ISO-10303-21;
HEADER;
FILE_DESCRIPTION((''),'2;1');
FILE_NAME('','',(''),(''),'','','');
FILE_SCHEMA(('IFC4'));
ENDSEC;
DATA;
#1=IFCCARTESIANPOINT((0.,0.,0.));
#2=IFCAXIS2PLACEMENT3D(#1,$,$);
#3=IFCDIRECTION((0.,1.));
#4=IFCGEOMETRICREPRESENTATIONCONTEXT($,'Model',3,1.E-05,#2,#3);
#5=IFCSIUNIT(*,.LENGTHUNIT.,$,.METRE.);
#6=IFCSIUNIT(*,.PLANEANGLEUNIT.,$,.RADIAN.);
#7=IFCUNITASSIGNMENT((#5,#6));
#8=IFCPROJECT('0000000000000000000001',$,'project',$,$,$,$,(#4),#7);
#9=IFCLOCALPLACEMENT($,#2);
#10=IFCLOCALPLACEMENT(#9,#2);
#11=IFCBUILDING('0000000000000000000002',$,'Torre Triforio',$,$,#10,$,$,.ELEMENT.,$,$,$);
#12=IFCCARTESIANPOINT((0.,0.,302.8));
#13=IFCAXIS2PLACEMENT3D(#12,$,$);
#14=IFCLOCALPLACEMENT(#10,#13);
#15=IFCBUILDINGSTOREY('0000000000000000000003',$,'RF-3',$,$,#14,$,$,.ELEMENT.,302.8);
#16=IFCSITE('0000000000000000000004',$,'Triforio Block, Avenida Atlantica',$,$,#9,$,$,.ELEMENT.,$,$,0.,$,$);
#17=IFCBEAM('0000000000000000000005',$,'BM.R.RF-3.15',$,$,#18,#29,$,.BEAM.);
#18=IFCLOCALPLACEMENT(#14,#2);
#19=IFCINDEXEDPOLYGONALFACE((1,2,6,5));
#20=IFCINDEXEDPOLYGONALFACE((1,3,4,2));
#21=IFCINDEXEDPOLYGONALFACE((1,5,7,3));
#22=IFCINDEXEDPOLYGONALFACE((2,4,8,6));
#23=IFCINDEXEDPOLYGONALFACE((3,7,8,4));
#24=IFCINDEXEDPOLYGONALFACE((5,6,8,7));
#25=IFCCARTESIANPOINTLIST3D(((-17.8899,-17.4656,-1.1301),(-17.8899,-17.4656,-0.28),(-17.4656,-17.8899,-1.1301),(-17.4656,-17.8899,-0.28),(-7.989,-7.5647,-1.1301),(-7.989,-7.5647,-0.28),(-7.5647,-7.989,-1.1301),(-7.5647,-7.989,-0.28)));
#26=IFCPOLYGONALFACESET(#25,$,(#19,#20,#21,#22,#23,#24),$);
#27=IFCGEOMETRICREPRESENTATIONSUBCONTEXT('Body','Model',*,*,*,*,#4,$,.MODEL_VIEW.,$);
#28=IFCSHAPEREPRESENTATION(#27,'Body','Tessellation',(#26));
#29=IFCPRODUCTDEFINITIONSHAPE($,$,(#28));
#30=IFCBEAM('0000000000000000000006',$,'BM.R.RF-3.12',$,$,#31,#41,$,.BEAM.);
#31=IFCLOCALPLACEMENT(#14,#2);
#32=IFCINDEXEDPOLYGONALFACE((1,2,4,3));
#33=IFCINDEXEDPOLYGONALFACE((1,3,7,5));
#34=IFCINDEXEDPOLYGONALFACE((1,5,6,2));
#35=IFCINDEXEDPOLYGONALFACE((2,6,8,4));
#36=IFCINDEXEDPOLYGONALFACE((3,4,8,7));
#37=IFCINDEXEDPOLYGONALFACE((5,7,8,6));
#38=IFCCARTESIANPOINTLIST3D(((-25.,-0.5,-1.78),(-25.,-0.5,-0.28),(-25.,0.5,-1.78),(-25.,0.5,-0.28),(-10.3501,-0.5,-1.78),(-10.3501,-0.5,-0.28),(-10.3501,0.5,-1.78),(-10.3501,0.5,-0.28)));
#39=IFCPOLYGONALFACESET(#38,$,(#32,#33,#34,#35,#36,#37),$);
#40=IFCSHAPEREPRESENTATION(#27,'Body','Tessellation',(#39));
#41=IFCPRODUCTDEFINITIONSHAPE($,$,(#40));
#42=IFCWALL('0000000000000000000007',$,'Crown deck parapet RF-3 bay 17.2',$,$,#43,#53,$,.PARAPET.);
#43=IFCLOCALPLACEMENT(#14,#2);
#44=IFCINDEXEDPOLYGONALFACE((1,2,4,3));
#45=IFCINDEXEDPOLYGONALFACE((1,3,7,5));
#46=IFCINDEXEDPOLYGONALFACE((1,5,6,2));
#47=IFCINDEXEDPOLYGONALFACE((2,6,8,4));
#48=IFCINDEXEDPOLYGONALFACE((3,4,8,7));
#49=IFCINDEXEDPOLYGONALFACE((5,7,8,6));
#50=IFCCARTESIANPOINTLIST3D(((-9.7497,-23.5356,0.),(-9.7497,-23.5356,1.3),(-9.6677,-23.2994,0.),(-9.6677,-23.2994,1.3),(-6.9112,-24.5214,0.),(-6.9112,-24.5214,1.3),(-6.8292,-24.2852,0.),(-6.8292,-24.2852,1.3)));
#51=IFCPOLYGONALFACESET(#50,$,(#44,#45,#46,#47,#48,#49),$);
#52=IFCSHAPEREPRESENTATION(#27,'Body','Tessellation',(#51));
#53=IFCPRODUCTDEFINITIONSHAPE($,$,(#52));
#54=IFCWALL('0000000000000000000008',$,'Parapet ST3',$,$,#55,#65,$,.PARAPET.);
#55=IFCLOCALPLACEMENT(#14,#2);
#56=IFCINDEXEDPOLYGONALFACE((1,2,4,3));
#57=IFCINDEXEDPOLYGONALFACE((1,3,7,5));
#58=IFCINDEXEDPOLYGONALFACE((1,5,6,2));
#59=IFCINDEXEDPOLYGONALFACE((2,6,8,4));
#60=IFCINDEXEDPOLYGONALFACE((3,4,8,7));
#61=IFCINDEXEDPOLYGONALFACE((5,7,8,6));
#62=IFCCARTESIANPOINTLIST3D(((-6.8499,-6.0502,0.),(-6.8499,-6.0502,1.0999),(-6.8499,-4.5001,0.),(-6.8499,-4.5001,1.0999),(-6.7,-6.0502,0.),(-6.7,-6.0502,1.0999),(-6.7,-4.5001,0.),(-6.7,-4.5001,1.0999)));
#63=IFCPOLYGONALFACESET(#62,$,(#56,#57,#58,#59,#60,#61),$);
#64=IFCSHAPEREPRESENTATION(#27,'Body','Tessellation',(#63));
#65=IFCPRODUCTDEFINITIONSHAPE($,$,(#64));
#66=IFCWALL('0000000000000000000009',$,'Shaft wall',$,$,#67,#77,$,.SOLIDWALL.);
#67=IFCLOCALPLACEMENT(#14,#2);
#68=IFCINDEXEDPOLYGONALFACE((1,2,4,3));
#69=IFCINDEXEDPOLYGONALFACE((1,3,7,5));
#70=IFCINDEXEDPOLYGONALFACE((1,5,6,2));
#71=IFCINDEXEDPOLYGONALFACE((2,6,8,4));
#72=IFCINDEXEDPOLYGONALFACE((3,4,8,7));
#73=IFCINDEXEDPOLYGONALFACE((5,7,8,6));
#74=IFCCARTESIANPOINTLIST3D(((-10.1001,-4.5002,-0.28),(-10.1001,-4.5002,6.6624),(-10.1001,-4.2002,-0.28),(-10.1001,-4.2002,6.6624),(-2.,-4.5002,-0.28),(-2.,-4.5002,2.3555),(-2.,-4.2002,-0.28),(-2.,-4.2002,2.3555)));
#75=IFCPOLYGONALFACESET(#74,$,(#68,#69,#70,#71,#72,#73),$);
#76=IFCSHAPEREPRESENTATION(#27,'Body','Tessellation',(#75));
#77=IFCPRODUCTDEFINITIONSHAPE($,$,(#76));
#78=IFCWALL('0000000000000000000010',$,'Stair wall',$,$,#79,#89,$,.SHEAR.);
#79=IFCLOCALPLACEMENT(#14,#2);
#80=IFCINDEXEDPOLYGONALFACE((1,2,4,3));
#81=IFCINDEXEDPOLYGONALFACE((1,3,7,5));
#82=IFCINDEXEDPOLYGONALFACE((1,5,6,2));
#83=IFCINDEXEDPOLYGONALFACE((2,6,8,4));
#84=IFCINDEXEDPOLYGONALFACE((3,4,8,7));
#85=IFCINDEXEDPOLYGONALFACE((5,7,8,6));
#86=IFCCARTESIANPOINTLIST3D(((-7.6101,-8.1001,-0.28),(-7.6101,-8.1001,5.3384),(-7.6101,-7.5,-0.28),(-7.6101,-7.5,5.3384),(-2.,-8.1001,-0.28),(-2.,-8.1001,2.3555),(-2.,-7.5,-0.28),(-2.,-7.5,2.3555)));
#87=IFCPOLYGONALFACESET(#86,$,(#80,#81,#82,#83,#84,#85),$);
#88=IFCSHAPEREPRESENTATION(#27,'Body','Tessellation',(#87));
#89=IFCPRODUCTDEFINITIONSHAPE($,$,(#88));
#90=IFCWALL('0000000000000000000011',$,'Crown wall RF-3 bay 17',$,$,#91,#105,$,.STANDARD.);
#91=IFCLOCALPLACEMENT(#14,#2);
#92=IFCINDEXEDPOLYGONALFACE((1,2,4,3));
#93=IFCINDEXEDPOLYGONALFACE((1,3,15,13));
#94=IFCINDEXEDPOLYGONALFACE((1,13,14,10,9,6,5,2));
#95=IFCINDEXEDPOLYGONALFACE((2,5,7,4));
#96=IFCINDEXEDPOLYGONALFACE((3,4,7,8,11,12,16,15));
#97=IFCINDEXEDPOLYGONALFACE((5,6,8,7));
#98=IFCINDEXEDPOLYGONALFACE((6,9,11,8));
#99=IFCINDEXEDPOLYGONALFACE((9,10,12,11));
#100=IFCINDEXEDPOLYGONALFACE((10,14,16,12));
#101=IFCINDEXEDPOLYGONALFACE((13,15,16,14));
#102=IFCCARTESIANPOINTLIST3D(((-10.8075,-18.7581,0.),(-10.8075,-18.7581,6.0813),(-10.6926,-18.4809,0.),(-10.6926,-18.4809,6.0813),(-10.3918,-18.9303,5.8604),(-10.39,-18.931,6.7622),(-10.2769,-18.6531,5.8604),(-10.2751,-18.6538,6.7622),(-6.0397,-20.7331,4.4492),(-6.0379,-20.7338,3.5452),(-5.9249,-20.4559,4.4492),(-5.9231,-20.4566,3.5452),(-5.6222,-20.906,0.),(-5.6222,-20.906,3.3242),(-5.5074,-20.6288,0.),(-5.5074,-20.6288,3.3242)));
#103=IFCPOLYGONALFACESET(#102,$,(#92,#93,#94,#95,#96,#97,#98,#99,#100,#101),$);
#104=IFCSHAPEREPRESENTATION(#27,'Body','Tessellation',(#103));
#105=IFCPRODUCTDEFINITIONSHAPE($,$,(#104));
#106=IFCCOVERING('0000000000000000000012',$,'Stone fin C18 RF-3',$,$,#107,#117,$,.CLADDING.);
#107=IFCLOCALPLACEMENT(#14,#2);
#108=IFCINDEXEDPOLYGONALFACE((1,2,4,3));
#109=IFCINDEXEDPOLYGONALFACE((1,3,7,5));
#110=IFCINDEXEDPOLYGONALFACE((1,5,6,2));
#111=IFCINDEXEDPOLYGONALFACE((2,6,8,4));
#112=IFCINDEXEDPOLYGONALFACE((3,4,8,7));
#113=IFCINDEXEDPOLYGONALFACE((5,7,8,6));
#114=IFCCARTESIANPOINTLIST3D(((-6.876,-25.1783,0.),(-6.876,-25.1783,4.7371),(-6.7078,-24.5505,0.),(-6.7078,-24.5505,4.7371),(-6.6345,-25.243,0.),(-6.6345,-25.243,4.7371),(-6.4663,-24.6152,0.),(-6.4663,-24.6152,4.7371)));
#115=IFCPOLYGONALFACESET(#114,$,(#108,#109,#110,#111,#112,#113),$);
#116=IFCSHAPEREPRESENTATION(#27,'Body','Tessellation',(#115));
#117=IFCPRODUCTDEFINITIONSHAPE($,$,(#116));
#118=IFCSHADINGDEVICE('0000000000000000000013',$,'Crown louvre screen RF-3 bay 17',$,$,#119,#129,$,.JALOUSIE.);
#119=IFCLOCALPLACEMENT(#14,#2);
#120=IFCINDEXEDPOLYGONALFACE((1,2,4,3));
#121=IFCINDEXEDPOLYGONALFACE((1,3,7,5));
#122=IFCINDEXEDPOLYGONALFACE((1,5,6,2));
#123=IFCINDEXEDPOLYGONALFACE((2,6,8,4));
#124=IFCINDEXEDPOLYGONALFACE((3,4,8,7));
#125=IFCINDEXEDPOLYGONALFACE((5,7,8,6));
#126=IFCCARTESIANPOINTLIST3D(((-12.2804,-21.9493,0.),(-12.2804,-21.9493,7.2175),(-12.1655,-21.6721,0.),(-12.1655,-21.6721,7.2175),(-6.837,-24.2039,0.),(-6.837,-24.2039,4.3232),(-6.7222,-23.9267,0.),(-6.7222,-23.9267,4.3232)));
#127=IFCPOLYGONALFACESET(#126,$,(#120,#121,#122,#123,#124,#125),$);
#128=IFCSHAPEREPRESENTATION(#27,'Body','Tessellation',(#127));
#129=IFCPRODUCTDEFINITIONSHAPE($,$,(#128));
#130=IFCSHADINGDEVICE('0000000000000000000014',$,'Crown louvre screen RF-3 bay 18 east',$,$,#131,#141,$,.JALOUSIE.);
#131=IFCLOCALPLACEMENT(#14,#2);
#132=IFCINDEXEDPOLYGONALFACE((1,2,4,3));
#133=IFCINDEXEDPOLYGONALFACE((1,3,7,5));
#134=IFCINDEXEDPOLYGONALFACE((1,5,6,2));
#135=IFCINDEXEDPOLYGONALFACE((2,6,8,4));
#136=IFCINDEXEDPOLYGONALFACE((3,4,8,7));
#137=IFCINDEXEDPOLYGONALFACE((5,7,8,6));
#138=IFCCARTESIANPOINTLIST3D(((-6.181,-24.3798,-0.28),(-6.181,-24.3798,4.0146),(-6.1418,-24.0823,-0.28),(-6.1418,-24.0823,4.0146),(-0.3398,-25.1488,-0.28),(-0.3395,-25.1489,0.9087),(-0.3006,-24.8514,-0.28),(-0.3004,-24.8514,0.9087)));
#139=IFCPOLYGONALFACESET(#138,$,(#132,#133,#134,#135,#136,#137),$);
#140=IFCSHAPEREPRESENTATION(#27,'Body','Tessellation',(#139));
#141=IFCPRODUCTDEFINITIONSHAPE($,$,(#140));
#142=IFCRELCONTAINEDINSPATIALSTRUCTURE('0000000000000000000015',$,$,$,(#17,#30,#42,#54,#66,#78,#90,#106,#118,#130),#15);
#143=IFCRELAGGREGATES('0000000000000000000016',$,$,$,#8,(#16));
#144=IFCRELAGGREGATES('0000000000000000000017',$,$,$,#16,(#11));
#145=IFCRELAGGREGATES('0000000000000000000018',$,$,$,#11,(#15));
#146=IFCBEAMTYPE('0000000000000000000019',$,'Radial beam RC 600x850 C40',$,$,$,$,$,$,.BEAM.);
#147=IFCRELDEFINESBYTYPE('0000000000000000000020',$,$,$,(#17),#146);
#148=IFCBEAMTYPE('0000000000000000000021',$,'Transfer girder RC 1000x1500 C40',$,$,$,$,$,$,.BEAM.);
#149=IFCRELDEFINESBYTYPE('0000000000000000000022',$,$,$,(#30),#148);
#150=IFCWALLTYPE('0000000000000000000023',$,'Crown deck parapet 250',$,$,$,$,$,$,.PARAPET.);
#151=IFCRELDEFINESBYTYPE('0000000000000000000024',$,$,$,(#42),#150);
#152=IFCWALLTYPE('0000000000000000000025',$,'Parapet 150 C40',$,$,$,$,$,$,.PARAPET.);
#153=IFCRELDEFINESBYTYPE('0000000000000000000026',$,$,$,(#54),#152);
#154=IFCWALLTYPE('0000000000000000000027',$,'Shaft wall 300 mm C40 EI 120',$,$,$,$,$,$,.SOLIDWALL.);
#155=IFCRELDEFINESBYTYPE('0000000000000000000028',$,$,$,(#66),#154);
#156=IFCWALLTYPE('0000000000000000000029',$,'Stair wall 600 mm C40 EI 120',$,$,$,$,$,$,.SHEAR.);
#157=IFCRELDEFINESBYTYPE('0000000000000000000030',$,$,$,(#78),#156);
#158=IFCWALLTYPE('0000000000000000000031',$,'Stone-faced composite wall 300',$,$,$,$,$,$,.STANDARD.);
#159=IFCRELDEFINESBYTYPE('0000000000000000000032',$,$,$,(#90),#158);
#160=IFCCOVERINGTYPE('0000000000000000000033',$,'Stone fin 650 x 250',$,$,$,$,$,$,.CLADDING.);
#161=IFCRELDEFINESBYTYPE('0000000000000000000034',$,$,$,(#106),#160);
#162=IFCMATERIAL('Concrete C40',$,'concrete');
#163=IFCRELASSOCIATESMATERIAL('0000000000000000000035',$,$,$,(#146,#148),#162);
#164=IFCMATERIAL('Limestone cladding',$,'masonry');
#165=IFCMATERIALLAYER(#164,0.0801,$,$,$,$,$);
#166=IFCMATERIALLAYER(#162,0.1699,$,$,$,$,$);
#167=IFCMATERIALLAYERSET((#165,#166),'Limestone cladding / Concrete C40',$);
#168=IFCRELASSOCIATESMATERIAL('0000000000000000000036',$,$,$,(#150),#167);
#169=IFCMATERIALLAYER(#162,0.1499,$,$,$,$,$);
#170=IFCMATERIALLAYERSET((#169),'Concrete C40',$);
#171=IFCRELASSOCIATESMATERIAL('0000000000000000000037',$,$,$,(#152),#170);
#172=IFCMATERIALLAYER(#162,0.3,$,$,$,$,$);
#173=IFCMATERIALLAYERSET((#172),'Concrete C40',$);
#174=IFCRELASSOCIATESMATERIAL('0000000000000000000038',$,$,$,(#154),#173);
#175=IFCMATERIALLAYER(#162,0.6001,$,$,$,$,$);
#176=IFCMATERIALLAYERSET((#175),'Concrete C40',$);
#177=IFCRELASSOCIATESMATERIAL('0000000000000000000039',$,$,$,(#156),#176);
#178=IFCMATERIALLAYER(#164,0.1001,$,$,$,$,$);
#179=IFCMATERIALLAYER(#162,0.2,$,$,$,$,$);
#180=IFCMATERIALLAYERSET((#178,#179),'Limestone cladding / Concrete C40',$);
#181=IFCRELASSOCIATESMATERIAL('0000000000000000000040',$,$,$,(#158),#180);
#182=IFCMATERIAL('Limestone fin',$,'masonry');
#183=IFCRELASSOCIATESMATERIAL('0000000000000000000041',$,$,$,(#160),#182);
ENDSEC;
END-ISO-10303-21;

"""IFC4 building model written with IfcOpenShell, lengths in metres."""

from ifc_helpers import new_model, si_unit, direction, frame, frame_2d, origin, origin_2d, place, context, subcontext, project, spatial, polyline, rectangle, outline, extrude, material, layer, layer_set, material_profile, profile_set, type_object, element, save


model = new_model("IFC4")

# Units and contexts
model_context = context("Model", 3, precision=1e-05, world=origin(), true_north=direction((0.0, 1.0)))
body_context = subcontext(model_context, "Body", "Model", "MODEL_VIEW")
ifc_project = project(units=[si_unit("LENGTHUNIT", "METRE"), si_unit("PLANEANGLEUNIT", "RADIAN")], contexts=[model_context])

# Site, building, storey
site_placement = place(None, origin())
site = spatial("IfcSite", under=ifc_project, at=site_placement, Name="Triforio Block, Avenida Atlantica", CompositionType="ELEMENT", RefElevation=0.0)
building_placement = place(site_placement, origin())
building = spatial("IfcBuilding", under=site, at=building_placement, Name="Torre Triforio", CompositionType="ELEMENT")
storey_placement = place(building_placement, frame((0.0, 0.0, 302.8)))
storey = spatial("IfcBuildingStorey", under=building, at=storey_placement, Name="RF-3", CompositionType="ELEMENT", Elevation=302.8)

# Shared definitions
ifc_material_1 = material(Name="Concrete C40", Category="concrete")

# Beams
ifc_material_profile_1 = material_profile(ifc_material_1, rectangle(XDim=0.6001, YDim=0.8501, at=origin_2d()), Name="RC 600x850")
ifc_profile_set_1 = profile_set([ifc_material_profile_1], Name="Concrete C40")
beam_type_1 = type_object("IfcBeamType", Name="Radial beam RC 600x850 C40", PredefinedType="BEAM", material=ifc_profile_set_1)
beam_1_placement = place(storey_placement, frame((-7.7769, -7.7769, -0.7051), z_axis=(-0.707107, -0.707107, 0.0), x_axis=(0.707107, -0.707107, 0.0)))
element("IfcBeam", 1, at=beam_1_placement, inside=storey, type_object=beam_type_1, Name="BM.R.RF-3.15", PredefinedType="BEAM", context=body_context, shape_type="SweptSolid", body=[
    extrude(rectangle(XDim=0.6001, YDim=0.8501, at=origin_2d()), origin(), (0.0, 0.0, 1.0), 14.002),
])
ifc_material_profile_2 = material_profile(ifc_material_1, rectangle(XDim=1.0, YDim=1.5, at=origin_2d()), Name="RC 1000x1500")
ifc_profile_set_2 = profile_set([ifc_material_profile_2], Name="Concrete C40")
beam_type_2 = type_object("IfcBeamType", Name="Transfer girder RC 1000x1500 C40", PredefinedType="BEAM", material=ifc_profile_set_2)
beam_2_placement = place(storey_placement, frame((-10.3501, 0.0, -1.03), z_axis=(-1.0, 0.0, 0.0), x_axis=(0.0, -1.0, 0.0)))
element("IfcBeam", 2, at=beam_2_placement, inside=storey, type_object=beam_type_2, Name="BM.R.RF-3.12", PredefinedType="BEAM", context=body_context, shape_type="SweptSolid", body=[
    extrude(rectangle(XDim=1.0, YDim=1.5, at=origin_2d()), origin(), (0.0, 0.0, 1.0), 14.6499),
])

# Walls
ifc_material_2 = material(Name="Limestone cladding", Category="masonry")
ifc_layer_1 = layer(ifc_material_2, 0.0801)
ifc_layer_2 = layer(ifc_material_1, 0.1699)
ifc_layer_set_1 = layer_set([ifc_layer_1, ifc_layer_2], Name="Limestone cladding / Concrete C40")
wall_type_1 = type_object("IfcWallType", Name="Crown deck parapet 250", PredefinedType="PARAPET", material=ifc_layer_set_1)
wall_1_placement = place(storey_placement, frame((-9.7087, -23.4175, 0.0), z_axis=(0.0, 0.0, 1.0), x_axis=(0.944652, -0.328073, 0.0)))
element("IfcWall", 3, at=wall_1_placement, inside=storey, type_object=wall_type_1, Name="Crown deck parapet RF-3 bay 17.2", PredefinedType="PARAPET", context=body_context, shape_type="SweptSolid", body=[
    extrude(rectangle(XDim=3.0049, YDim=0.25, at=frame_2d((1.5024, 0.0))), origin(), (0.0, 0.0, 1.0), 1.3),
])
ifc_layer_3 = layer(ifc_material_1, 0.1499)
ifc_layer_set_2 = layer_set([ifc_layer_3], Name="Concrete C40")
wall_type_2 = type_object("IfcWallType", Name="Parapet 150 C40", PredefinedType="PARAPET", material=ifc_layer_set_2)
wall_2_placement = place(storey_placement, frame((-6.7749, -6.05, 0.0), z_axis=(0.0, 0.0, 1.0), x_axis=(0.0, 1.0, 0.0)))
element("IfcWall", 4, at=wall_2_placement, inside=storey, type_object=wall_type_2, Name="Parapet ST3", PredefinedType="PARAPET", context=body_context, shape_type="SweptSolid", body=[
    extrude(rectangle(XDim=1.55, YDim=0.1499, at=frame_2d((0.7749, 0.0))), origin(), (0.0, 0.0, 1.0), 1.0999),
])
ifc_layer_4 = layer(ifc_material_1, 0.3)
ifc_layer_set_3 = layer_set([ifc_layer_4], Name="Concrete C40")
wall_type_3 = type_object("IfcWallType", Name="Shaft wall 300 mm C40 EI 120", PredefinedType="SOLIDWALL", material=ifc_layer_set_3)
wall_3_placement = place(storey_placement, frame((-10.1001, -4.3501, -0.28), z_axis=(0.0, 0.0, 1.0), x_axis=(1.0, 0.0, 0.0)))
element("IfcWall", 5, at=wall_3_placement, inside=storey, type_object=wall_type_3, Name="Shaft wall", PredefinedType="SOLIDWALL", context=body_context, shape_type="SweptSolid", body=[
    extrude(outline(polyline([(0.0, 0.0), (8.1001, 0.0), (8.1001, 2.6355), (0.0, 6.9424), (0.0, 0.0)])), frame((0.0, 0.1499, 0.0), z_axis=(0.0, -1.0, 0.0), x_axis=(1.0, 0.0, 0.0)), (0.0, 0.0, 1.0), 0.3),
])
ifc_layer_5 = layer(ifc_material_1, 0.6001)
ifc_layer_set_4 = layer_set([ifc_layer_5], Name="Concrete C40")
wall_type_4 = type_object("IfcWallType", Name="Stair wall 600 mm C40 EI 120", PredefinedType="SHEAR", material=ifc_layer_set_4)
wall_4_placement = place(storey_placement, frame((-7.6101, -7.8, -0.28), z_axis=(0.0, 0.0, 1.0), x_axis=(1.0, 0.0, 0.0)))
element("IfcWall", 6, at=wall_4_placement, inside=storey, type_object=wall_type_4, Name="Stair wall", PredefinedType="SHEAR", context=body_context, shape_type="SweptSolid", body=[
    extrude(outline(polyline([(0.0, 0.0), (5.6101, 0.0), (5.6101, 2.6355), (0.0, 5.6184), (0.0, 0.0)])), frame((0.0, 0.3, 0.0), z_axis=(0.0, -1.0, 0.0), x_axis=(1.0, 0.0, 0.0)), (0.0, 0.0, 1.0), 0.6001),
])
ifc_layer_6 = layer(ifc_material_2, 0.1001)
ifc_layer_7 = layer(ifc_material_1, 0.2)
ifc_layer_set_5 = layer_set([ifc_layer_6, ifc_layer_7], Name="Limestone cladding / Concrete C40")
wall_type_5 = type_object("IfcWallType", Name="Stone-faced composite wall 300", PredefinedType="STANDARD", material=ifc_layer_set_5)
wall_5_placement = place(storey_placement, frame((-10.75, -18.6194, 0.0), z_axis=(0.0, 0.0, 1.0), x_axis=(0.923872, -0.382703, 0.0)))
element("IfcWall", 7, at=wall_5_placement, inside=storey, type_object=wall_type_5, Name="Crown wall RF-3 bay 17", PredefinedType="STANDARD", context=body_context, shape_type="SweptSolid", body=[
    extrude(outline(polyline([(0.0, 0.0), (5.6125, 0.0), (5.6125, 3.3242), (5.1626, 3.5452), (5.1606, 4.4492), (0.4519, 6.7622), (0.45, 5.8604), (0.0, 6.0813), (0.0, 0.0)])), frame((0.0, 0.1499, 0.0), z_axis=(0.0, -1.0, 0.0), x_axis=(1.0, 0.0, 0.0)), (0.0, 0.0, 1.0), 0.3),
])

# Covering
ifc_material_3 = material(Name="Limestone fin", Category="masonry")
ifc_material_profile_3 = material_profile(ifc_material_3, rectangle(XDim=0.6499, YDim=0.25, at=origin_2d()), Name="FIN 650x250")
ifc_profile_set_3 = profile_set([ifc_material_profile_3], Name="Limestone fin")
covering_type = type_object("IfcCoveringType", Name="Stone fin 650 x 250", PredefinedType="CLADDING", material=ifc_profile_set_3)
covering_placement = place(storey_placement, frame((-6.6711, -24.8967, 0.0), z_axis=(0.0, 0.0, 1.0), x_axis=(-0.258819, -0.965926, 0.0)))
element("IfcCovering", 8, at=covering_placement, inside=storey, type_object=covering_type, Name="Stone fin C18 RF-3", PredefinedType="CLADDING", context=body_context, shape_type="SweptSolid", body=[
    extrude(rectangle(XDim=0.6499, YDim=0.25, at=origin_2d()), origin(), (0.0, 0.0, 1.0), 4.7371),
])

# Shading devices
shading_device_1_placement = place(storey_placement, frame((-12.2229, -21.8105, 0.0), z_axis=(0.0, 0.0, 1.0), x_axis=(0.923884, -0.382673, 0.0)))
element("IfcShadingDevice", 9, at=shading_device_1_placement, inside=storey, Name="Crown louvre screen RF-3 bay 17", PredefinedType="JALOUSIE", context=body_context, shape_type="SweptSolid", body=[
    extrude(outline(polyline([(0.0, 0.0), (5.8918, 0.0), (5.8918, 4.3232), (0.0, 7.2175), (0.0, 0.0)])), frame((0.0, 0.1499, 0.0), z_axis=(0.0, -1.0, 0.0), x_axis=(1.0, 0.0, 0.0)), (0.0, 0.0, 1.0), 0.3),
])
shading_device_2_placement = place(storey_placement, frame((-6.1614, -24.231, -0.28), z_axis=(0.0, 0.0, 1.0), x_axis=(0.991444, -0.13053, 0.0)))
element("IfcShadingDevice", 10, at=shading_device_2_placement, inside=storey, Name="Crown louvre screen RF-3 bay 18 east", PredefinedType="JALOUSIE", context=body_context, shape_type="SweptSolid", body=[
    extrude(outline(polyline([(0.0, 0.0), (5.8916, 0.0), (5.8918, 1.1887), (0.0, 4.2947), (0.0, 0.0)])), frame((0.0, 0.1499, 0.0), z_axis=(0.0, -1.0, 0.0), x_axis=(1.0, 0.0, 0.0)), (0.0, 0.0, 1.0), 0.3),
])

save(model, "model.ifc")
